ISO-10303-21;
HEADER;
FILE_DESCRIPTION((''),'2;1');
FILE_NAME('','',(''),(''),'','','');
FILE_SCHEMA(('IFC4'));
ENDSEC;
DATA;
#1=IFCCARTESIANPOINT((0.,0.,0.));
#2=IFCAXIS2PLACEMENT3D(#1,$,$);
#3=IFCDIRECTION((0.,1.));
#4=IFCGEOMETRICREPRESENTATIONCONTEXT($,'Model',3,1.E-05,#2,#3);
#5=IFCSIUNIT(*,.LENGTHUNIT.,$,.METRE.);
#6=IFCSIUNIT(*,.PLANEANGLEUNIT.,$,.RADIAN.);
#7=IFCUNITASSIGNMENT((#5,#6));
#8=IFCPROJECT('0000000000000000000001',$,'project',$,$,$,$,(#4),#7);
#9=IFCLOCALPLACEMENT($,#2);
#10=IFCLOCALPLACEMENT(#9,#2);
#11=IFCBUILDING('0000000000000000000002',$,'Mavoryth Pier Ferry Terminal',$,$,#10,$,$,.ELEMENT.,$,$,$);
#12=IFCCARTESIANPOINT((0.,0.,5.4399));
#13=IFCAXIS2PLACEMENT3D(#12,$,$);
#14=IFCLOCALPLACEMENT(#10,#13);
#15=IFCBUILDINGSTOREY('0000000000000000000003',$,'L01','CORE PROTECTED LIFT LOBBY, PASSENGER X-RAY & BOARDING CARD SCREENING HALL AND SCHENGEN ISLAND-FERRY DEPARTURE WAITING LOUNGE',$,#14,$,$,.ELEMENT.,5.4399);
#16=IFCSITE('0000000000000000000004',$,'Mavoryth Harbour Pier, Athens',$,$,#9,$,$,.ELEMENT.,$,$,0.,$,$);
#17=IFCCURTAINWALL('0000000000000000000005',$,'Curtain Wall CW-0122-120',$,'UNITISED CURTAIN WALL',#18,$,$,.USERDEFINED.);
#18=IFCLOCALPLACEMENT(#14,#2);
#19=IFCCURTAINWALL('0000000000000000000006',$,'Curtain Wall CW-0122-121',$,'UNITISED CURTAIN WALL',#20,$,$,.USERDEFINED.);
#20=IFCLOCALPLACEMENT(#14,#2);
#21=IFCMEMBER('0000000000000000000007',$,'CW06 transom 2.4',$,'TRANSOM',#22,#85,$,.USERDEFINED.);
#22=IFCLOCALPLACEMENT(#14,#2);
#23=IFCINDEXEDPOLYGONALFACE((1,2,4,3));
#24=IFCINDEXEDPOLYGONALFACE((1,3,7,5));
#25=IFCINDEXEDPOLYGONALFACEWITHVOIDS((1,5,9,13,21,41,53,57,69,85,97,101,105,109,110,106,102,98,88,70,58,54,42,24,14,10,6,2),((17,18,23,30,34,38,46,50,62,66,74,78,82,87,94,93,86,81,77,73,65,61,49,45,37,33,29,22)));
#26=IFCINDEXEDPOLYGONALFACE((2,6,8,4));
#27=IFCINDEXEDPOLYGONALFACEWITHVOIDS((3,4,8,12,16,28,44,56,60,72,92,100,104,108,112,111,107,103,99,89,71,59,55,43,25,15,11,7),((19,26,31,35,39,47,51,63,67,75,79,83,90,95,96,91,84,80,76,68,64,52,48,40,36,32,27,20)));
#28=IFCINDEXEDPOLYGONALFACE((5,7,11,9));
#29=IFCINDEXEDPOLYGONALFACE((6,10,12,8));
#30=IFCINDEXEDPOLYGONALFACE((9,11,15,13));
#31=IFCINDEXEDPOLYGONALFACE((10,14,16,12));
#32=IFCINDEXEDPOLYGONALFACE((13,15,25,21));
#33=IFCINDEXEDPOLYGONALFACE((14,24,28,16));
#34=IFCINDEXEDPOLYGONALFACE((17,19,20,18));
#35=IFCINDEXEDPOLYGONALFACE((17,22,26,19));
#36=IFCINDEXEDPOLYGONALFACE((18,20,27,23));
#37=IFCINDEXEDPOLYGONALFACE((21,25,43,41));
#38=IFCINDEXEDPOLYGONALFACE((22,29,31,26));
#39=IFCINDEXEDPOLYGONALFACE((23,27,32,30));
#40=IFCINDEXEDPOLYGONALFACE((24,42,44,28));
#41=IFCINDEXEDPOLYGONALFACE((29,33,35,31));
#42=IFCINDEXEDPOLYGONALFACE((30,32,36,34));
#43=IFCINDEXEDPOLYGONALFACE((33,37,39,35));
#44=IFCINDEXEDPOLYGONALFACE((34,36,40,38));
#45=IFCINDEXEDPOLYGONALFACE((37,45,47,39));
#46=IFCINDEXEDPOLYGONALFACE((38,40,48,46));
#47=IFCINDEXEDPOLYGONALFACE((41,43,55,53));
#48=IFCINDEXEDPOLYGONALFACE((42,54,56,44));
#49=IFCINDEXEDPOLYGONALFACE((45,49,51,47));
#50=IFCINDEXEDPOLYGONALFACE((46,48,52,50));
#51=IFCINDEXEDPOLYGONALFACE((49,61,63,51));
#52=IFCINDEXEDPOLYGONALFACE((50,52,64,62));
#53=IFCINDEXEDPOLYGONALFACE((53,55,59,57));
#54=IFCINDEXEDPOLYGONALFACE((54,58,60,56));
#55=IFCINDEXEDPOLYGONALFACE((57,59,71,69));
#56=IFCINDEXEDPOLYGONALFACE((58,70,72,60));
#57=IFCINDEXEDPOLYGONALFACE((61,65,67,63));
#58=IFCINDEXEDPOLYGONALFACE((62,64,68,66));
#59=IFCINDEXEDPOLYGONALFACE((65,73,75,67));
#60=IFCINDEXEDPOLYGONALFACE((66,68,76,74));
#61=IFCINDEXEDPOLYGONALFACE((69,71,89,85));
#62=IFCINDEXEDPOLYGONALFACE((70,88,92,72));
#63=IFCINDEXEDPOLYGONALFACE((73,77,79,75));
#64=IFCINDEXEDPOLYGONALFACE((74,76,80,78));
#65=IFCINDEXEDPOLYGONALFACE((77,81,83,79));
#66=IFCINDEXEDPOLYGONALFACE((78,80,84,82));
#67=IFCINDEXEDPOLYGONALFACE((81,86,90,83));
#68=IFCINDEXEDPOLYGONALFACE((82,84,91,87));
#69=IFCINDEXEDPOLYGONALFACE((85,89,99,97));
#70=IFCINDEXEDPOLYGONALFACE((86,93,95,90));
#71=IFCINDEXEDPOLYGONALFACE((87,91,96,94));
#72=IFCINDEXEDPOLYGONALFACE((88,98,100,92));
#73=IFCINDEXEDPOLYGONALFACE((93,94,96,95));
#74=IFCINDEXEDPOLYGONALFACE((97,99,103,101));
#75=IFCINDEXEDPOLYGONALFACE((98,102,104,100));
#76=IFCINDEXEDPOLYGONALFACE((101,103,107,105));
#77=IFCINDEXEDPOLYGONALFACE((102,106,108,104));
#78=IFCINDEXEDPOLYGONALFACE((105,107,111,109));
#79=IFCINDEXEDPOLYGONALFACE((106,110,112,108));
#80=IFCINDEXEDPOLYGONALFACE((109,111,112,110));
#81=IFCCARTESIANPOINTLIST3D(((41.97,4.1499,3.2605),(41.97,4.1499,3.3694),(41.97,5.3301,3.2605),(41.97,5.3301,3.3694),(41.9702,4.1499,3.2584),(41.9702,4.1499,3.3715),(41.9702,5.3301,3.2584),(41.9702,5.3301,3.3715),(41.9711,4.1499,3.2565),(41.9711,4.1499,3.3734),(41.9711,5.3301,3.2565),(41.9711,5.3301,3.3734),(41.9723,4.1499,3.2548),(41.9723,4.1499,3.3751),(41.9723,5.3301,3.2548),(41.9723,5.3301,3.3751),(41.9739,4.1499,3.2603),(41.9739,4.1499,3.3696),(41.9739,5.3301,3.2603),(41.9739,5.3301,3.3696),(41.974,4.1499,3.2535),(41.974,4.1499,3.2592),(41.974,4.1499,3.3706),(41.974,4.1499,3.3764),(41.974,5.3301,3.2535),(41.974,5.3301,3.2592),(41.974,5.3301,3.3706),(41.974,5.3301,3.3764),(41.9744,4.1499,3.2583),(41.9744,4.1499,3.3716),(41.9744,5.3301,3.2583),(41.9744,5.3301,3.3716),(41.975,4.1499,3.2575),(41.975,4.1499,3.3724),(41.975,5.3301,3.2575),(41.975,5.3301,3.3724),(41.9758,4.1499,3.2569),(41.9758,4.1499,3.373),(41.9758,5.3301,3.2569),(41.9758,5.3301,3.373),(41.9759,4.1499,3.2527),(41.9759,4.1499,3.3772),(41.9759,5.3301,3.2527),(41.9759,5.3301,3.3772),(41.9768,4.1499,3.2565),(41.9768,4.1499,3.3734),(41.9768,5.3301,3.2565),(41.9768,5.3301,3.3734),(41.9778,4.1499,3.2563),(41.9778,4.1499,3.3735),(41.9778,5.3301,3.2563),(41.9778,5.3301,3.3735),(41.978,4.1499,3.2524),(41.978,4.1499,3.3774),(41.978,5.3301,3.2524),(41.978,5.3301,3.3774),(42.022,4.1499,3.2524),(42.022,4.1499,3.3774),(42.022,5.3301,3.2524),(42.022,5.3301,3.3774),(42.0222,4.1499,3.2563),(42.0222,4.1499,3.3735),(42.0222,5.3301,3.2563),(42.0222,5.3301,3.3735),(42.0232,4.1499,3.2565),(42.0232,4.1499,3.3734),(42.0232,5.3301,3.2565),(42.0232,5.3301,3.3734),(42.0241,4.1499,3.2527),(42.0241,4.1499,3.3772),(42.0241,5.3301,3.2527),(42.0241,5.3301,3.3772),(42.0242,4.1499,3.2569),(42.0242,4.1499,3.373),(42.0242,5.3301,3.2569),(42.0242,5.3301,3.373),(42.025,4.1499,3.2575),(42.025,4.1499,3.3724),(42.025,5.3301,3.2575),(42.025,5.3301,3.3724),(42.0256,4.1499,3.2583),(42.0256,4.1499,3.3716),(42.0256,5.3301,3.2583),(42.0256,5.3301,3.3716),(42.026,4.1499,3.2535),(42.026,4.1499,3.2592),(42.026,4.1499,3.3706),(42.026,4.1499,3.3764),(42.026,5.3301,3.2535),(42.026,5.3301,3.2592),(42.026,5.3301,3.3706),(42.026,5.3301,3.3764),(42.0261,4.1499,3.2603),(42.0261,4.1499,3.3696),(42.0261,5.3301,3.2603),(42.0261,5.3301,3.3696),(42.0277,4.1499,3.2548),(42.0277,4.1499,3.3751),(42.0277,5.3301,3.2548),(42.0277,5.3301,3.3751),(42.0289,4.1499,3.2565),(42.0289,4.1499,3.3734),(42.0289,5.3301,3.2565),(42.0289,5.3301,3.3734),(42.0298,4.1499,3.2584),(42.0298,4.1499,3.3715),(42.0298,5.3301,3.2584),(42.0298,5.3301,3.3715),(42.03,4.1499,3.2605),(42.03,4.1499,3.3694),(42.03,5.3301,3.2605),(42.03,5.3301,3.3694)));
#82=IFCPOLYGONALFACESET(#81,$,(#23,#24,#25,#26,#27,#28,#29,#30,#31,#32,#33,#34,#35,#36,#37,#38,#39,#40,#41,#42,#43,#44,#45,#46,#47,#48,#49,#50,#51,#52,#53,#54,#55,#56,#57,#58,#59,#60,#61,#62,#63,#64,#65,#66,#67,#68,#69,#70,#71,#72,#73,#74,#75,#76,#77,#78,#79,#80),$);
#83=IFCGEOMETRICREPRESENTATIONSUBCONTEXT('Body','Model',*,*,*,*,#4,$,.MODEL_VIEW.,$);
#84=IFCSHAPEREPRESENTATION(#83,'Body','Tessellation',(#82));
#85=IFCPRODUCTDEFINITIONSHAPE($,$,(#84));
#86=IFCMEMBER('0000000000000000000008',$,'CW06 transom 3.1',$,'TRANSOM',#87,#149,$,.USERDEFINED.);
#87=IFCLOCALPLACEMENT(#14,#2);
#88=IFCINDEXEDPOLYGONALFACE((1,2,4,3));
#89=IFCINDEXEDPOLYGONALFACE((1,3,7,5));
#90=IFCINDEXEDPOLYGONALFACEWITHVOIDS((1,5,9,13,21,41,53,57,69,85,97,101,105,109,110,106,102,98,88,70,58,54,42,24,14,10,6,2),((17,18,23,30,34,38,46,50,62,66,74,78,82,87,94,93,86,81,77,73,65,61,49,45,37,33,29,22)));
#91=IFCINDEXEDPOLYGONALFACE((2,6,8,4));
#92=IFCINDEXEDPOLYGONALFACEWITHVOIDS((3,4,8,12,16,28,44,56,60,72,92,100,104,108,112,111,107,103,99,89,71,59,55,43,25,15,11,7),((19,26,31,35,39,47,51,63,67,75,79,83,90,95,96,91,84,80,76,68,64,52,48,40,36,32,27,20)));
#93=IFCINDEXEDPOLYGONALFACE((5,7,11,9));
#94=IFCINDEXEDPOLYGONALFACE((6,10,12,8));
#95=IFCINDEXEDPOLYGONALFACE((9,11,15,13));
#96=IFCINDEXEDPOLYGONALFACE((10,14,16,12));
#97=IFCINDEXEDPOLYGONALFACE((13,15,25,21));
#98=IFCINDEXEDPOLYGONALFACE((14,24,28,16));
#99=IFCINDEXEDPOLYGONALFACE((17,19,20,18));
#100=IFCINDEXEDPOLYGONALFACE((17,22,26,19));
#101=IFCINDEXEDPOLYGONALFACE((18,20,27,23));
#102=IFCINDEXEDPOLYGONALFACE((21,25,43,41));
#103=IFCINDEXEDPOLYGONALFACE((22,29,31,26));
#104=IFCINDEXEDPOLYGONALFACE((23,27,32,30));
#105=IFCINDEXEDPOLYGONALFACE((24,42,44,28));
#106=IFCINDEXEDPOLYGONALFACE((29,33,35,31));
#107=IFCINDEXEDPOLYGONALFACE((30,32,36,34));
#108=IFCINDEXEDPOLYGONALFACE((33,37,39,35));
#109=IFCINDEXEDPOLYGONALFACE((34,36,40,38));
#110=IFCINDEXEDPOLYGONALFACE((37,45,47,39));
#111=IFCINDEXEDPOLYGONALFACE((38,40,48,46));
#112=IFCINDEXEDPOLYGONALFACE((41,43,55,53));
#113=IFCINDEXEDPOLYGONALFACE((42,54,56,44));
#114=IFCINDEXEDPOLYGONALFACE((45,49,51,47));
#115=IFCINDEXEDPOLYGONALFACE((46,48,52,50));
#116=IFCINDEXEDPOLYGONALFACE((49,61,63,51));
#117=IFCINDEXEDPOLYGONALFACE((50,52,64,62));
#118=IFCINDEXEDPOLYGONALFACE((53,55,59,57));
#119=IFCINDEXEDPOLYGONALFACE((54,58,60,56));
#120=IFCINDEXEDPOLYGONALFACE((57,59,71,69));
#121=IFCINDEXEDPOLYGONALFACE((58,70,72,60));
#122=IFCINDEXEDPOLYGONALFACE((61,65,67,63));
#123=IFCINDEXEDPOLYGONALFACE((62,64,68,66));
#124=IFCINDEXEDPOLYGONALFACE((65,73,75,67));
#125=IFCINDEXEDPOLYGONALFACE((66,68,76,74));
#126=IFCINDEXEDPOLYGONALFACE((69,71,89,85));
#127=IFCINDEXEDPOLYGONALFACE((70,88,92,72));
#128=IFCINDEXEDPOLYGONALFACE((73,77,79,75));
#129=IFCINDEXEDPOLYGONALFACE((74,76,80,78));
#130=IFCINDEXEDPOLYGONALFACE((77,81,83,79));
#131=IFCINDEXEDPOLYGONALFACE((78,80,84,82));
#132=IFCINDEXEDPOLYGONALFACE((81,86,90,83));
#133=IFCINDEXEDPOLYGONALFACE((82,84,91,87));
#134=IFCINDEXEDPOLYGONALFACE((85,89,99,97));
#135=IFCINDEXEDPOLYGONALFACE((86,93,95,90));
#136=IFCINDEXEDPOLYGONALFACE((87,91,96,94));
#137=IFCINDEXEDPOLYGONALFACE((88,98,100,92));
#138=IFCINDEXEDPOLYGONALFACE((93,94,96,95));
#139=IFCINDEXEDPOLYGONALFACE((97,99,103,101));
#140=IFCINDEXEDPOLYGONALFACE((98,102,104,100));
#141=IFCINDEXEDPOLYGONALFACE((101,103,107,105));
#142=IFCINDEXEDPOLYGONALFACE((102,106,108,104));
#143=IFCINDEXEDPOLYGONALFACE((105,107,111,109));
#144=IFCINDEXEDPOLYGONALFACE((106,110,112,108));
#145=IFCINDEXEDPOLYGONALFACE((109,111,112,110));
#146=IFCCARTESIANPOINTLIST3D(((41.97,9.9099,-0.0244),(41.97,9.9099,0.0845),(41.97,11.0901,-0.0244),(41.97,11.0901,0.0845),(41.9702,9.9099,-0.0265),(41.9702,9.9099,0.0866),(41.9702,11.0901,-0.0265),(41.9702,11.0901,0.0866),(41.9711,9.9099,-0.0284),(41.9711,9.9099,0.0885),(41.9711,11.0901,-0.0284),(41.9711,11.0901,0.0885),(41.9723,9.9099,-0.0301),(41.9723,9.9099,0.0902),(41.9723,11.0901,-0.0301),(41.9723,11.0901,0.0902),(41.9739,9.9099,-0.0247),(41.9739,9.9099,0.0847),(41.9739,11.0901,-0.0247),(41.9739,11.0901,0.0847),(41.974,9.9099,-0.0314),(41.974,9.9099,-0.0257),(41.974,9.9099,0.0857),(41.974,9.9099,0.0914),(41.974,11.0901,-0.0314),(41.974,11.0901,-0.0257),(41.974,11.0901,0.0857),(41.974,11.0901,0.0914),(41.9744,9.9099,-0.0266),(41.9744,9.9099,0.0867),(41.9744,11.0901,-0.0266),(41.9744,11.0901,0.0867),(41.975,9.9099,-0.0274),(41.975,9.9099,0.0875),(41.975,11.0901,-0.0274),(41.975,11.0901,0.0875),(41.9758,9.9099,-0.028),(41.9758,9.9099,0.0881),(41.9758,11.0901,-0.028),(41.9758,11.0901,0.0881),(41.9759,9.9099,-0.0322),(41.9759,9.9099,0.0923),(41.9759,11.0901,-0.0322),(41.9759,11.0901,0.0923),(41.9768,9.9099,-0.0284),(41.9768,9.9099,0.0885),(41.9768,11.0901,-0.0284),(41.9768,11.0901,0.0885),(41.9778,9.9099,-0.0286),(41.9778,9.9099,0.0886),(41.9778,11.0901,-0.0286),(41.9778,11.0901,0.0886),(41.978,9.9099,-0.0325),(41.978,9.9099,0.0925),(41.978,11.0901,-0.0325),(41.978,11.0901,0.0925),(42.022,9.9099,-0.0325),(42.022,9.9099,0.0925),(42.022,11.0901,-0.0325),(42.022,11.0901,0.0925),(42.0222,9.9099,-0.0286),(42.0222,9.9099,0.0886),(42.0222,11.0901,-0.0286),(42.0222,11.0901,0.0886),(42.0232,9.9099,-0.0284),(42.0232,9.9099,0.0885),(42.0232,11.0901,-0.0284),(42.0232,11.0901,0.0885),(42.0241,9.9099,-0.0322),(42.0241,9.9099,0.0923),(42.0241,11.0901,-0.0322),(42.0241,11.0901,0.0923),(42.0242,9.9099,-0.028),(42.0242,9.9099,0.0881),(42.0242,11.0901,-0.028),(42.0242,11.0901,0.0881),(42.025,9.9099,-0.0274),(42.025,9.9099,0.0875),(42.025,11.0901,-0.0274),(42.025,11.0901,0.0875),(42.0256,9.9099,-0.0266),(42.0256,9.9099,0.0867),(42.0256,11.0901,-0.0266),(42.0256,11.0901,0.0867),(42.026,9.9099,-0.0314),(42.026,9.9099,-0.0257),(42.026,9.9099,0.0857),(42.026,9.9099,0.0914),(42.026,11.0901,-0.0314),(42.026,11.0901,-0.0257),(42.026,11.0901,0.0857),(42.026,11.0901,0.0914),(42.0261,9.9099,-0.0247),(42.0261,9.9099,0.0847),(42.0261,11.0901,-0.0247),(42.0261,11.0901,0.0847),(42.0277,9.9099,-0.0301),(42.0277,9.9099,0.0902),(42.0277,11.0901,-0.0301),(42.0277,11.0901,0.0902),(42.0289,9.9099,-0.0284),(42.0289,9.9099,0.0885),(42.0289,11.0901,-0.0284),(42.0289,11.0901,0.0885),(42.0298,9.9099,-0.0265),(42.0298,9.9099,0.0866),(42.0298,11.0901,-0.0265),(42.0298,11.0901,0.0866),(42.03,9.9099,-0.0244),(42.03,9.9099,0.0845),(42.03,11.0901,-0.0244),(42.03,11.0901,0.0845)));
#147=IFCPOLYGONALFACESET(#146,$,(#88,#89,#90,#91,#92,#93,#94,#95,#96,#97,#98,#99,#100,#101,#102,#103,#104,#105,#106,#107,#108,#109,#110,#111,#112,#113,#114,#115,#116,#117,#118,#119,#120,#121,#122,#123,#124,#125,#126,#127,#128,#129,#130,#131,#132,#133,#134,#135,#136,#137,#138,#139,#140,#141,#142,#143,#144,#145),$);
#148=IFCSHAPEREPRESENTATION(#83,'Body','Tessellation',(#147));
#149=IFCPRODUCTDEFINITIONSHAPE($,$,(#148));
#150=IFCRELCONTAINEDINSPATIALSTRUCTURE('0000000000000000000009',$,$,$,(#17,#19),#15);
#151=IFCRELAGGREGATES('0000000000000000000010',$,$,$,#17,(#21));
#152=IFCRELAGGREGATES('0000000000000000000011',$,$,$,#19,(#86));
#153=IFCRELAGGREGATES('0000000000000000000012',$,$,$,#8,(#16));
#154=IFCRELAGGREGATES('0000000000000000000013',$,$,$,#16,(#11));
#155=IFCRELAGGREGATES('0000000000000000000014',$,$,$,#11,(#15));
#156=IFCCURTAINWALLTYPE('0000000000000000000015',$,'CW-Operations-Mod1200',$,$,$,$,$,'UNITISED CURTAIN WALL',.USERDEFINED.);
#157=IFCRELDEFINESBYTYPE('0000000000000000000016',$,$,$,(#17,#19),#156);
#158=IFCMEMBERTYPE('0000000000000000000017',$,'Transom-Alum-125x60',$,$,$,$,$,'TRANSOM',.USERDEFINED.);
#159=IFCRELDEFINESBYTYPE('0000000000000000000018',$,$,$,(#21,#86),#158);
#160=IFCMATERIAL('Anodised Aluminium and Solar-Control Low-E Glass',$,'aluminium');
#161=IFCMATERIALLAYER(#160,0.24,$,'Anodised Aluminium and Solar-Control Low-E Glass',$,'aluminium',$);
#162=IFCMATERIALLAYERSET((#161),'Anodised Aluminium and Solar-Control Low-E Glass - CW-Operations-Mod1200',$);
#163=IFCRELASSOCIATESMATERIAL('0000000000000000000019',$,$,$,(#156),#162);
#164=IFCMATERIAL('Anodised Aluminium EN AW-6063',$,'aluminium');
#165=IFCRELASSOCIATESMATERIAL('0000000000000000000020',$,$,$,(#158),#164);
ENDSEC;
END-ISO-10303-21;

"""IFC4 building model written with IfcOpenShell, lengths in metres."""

from ifc_helpers import new_model, si_unit, direction, frame, origin, origin_2d, place, context, subcontext, project, spatial, hollow_rectangle, extrude, material, layer, layer_set, material_profile, profile_set, type_object, element, aggregate, save


model = new_model("IFC4")

# Units and contexts
model_context = context("Model", 3, precision=1e-05, world=origin(), true_north=direction((0.0, 1.0)))
body_context = subcontext(model_context, "Body", "Model", "MODEL_VIEW")
ifc_project = project(units=[si_unit("LENGTHUNIT", "METRE"), si_unit("PLANEANGLEUNIT", "RADIAN")], contexts=[model_context])

# Site, building, storey
site_placement = place(None, origin())
site = spatial("IfcSite", under=ifc_project, at=site_placement, Name="Mavoryth Harbour Pier, Athens", CompositionType="ELEMENT", RefElevation=0.0)
building_placement = place(site_placement, origin())
building = spatial("IfcBuilding", under=site, at=building_placement, Name="Mavoryth Pier Ferry Terminal", CompositionType="ELEMENT")
storey_placement = place(building_placement, frame((0.0, 0.0, 5.4399)))
storey = spatial("IfcBuildingStorey", under=building, at=storey_placement, Name="L01", Description="CORE PROTECTED LIFT LOBBY, PASSENGER X-RAY & BOARDING CARD SCREENING HALL AND SCHENGEN ISLAND-FERRY DEPARTURE WAITING LOUNGE", CompositionType="ELEMENT", Elevation=5.4399)

# Curtain walls
ifc_material_1 = material(Name="Anodised Aluminium and Solar-Control Low-E Glass", Category="aluminium")
ifc_layer_1 = layer(ifc_material_1, 0.24, Name="Anodised Aluminium and Solar-Control Low-E Glass", Category="aluminium")
ifc_layer_set_1 = layer_set([ifc_layer_1], Name="Anodised Aluminium and Solar-Control Low-E Glass - CW-Operations-Mod1200")
curtain_wall_type = type_object("IfcCurtainWallType", Name="CW-Operations-Mod1200", ElementType="UNITISED CURTAIN WALL", PredefinedType="USERDEFINED", material=ifc_layer_set_1)
curtain_wall_1_placement = place(storey_placement, origin())
curtain_wall_1 = element("IfcCurtainWall", 1, at=curtain_wall_1_placement, inside=storey, type_object=curtain_wall_type, Name="Curtain Wall CW-0122-120", ObjectType="UNITISED CURTAIN WALL", PredefinedType="USERDEFINED")
ifc_material_2 = material(Name="Anodised Aluminium EN AW-6063", Category="aluminium")
curtain_wall_2_placement = place(storey_placement, origin())
curtain_wall_2 = element("IfcCurtainWall", 2, at=curtain_wall_2_placement, inside=storey, type_object=curtain_wall_type, Name="Curtain Wall CW-0122-121", ObjectType="UNITISED CURTAIN WALL", PredefinedType="USERDEFINED")

# Members
ifc_material_profile_1 = material_profile(ifc_material_2, hollow_rectangle(XDim=0.0601, YDim=0.125, WallThickness=0.0039, InnerFilletRadius=0.0039, OuterFilletRadius=0.0081, at=origin_2d()), Name="AL-TRAN 125x60x4", Category="aluminium")
ifc_profile_set_1 = profile_set([ifc_material_profile_1], Name="Anodised Aluminium EN AW-6063 - AL-TRAN 125x60x4")
member_type_1 = type_object("IfcMemberType", Name="Transom-Alum-125x60", ElementType="TRANSOM", PredefinedType="USERDEFINED", material=ifc_profile_set_1)
member_1_placement = place(storey_placement, frame((42.0, 5.3301, 3.3149), z_axis=(0.0, -1.0, 0.0), x_axis=(1.0, 0.0, 0.0)))
member_1 = element("IfcMember", 3, at=member_1_placement, type_object=member_type_1, Name="CW06 transom 2.4", ObjectType="TRANSOM", PredefinedType="USERDEFINED", context=body_context, shape_type="SweptSolid", body=[
    extrude(hollow_rectangle(XDim=0.0601, YDim=0.125, WallThickness=0.0039, InnerFilletRadius=0.0039, OuterFilletRadius=0.0081, at=origin_2d()), origin(), (0.0, 0.0, 1.0), 1.1802),
])
member_2_placement = place(storey_placement, frame((42.0, 11.0901, 0.03), z_axis=(0.0, -1.0, 0.0), x_axis=(1.0, 0.0, 0.0)))
member_2 = element("IfcMember", 4, at=member_2_placement, type_object=member_type_1, Name="CW06 transom 3.1", ObjectType="TRANSOM", PredefinedType="USERDEFINED", context=body_context, shape_type="SweptSolid", body=[
    extrude(hollow_rectangle(XDim=0.0601, YDim=0.125, WallThickness=0.0039, InnerFilletRadius=0.0039, OuterFilletRadius=0.0081, at=origin_2d()), origin(), (0.0, 0.0, 1.0), 1.1802),
])

aggregate(curtain_wall_1, [member_1])
aggregate(curtain_wall_2, [member_2])

save(model, "model.ifc")
